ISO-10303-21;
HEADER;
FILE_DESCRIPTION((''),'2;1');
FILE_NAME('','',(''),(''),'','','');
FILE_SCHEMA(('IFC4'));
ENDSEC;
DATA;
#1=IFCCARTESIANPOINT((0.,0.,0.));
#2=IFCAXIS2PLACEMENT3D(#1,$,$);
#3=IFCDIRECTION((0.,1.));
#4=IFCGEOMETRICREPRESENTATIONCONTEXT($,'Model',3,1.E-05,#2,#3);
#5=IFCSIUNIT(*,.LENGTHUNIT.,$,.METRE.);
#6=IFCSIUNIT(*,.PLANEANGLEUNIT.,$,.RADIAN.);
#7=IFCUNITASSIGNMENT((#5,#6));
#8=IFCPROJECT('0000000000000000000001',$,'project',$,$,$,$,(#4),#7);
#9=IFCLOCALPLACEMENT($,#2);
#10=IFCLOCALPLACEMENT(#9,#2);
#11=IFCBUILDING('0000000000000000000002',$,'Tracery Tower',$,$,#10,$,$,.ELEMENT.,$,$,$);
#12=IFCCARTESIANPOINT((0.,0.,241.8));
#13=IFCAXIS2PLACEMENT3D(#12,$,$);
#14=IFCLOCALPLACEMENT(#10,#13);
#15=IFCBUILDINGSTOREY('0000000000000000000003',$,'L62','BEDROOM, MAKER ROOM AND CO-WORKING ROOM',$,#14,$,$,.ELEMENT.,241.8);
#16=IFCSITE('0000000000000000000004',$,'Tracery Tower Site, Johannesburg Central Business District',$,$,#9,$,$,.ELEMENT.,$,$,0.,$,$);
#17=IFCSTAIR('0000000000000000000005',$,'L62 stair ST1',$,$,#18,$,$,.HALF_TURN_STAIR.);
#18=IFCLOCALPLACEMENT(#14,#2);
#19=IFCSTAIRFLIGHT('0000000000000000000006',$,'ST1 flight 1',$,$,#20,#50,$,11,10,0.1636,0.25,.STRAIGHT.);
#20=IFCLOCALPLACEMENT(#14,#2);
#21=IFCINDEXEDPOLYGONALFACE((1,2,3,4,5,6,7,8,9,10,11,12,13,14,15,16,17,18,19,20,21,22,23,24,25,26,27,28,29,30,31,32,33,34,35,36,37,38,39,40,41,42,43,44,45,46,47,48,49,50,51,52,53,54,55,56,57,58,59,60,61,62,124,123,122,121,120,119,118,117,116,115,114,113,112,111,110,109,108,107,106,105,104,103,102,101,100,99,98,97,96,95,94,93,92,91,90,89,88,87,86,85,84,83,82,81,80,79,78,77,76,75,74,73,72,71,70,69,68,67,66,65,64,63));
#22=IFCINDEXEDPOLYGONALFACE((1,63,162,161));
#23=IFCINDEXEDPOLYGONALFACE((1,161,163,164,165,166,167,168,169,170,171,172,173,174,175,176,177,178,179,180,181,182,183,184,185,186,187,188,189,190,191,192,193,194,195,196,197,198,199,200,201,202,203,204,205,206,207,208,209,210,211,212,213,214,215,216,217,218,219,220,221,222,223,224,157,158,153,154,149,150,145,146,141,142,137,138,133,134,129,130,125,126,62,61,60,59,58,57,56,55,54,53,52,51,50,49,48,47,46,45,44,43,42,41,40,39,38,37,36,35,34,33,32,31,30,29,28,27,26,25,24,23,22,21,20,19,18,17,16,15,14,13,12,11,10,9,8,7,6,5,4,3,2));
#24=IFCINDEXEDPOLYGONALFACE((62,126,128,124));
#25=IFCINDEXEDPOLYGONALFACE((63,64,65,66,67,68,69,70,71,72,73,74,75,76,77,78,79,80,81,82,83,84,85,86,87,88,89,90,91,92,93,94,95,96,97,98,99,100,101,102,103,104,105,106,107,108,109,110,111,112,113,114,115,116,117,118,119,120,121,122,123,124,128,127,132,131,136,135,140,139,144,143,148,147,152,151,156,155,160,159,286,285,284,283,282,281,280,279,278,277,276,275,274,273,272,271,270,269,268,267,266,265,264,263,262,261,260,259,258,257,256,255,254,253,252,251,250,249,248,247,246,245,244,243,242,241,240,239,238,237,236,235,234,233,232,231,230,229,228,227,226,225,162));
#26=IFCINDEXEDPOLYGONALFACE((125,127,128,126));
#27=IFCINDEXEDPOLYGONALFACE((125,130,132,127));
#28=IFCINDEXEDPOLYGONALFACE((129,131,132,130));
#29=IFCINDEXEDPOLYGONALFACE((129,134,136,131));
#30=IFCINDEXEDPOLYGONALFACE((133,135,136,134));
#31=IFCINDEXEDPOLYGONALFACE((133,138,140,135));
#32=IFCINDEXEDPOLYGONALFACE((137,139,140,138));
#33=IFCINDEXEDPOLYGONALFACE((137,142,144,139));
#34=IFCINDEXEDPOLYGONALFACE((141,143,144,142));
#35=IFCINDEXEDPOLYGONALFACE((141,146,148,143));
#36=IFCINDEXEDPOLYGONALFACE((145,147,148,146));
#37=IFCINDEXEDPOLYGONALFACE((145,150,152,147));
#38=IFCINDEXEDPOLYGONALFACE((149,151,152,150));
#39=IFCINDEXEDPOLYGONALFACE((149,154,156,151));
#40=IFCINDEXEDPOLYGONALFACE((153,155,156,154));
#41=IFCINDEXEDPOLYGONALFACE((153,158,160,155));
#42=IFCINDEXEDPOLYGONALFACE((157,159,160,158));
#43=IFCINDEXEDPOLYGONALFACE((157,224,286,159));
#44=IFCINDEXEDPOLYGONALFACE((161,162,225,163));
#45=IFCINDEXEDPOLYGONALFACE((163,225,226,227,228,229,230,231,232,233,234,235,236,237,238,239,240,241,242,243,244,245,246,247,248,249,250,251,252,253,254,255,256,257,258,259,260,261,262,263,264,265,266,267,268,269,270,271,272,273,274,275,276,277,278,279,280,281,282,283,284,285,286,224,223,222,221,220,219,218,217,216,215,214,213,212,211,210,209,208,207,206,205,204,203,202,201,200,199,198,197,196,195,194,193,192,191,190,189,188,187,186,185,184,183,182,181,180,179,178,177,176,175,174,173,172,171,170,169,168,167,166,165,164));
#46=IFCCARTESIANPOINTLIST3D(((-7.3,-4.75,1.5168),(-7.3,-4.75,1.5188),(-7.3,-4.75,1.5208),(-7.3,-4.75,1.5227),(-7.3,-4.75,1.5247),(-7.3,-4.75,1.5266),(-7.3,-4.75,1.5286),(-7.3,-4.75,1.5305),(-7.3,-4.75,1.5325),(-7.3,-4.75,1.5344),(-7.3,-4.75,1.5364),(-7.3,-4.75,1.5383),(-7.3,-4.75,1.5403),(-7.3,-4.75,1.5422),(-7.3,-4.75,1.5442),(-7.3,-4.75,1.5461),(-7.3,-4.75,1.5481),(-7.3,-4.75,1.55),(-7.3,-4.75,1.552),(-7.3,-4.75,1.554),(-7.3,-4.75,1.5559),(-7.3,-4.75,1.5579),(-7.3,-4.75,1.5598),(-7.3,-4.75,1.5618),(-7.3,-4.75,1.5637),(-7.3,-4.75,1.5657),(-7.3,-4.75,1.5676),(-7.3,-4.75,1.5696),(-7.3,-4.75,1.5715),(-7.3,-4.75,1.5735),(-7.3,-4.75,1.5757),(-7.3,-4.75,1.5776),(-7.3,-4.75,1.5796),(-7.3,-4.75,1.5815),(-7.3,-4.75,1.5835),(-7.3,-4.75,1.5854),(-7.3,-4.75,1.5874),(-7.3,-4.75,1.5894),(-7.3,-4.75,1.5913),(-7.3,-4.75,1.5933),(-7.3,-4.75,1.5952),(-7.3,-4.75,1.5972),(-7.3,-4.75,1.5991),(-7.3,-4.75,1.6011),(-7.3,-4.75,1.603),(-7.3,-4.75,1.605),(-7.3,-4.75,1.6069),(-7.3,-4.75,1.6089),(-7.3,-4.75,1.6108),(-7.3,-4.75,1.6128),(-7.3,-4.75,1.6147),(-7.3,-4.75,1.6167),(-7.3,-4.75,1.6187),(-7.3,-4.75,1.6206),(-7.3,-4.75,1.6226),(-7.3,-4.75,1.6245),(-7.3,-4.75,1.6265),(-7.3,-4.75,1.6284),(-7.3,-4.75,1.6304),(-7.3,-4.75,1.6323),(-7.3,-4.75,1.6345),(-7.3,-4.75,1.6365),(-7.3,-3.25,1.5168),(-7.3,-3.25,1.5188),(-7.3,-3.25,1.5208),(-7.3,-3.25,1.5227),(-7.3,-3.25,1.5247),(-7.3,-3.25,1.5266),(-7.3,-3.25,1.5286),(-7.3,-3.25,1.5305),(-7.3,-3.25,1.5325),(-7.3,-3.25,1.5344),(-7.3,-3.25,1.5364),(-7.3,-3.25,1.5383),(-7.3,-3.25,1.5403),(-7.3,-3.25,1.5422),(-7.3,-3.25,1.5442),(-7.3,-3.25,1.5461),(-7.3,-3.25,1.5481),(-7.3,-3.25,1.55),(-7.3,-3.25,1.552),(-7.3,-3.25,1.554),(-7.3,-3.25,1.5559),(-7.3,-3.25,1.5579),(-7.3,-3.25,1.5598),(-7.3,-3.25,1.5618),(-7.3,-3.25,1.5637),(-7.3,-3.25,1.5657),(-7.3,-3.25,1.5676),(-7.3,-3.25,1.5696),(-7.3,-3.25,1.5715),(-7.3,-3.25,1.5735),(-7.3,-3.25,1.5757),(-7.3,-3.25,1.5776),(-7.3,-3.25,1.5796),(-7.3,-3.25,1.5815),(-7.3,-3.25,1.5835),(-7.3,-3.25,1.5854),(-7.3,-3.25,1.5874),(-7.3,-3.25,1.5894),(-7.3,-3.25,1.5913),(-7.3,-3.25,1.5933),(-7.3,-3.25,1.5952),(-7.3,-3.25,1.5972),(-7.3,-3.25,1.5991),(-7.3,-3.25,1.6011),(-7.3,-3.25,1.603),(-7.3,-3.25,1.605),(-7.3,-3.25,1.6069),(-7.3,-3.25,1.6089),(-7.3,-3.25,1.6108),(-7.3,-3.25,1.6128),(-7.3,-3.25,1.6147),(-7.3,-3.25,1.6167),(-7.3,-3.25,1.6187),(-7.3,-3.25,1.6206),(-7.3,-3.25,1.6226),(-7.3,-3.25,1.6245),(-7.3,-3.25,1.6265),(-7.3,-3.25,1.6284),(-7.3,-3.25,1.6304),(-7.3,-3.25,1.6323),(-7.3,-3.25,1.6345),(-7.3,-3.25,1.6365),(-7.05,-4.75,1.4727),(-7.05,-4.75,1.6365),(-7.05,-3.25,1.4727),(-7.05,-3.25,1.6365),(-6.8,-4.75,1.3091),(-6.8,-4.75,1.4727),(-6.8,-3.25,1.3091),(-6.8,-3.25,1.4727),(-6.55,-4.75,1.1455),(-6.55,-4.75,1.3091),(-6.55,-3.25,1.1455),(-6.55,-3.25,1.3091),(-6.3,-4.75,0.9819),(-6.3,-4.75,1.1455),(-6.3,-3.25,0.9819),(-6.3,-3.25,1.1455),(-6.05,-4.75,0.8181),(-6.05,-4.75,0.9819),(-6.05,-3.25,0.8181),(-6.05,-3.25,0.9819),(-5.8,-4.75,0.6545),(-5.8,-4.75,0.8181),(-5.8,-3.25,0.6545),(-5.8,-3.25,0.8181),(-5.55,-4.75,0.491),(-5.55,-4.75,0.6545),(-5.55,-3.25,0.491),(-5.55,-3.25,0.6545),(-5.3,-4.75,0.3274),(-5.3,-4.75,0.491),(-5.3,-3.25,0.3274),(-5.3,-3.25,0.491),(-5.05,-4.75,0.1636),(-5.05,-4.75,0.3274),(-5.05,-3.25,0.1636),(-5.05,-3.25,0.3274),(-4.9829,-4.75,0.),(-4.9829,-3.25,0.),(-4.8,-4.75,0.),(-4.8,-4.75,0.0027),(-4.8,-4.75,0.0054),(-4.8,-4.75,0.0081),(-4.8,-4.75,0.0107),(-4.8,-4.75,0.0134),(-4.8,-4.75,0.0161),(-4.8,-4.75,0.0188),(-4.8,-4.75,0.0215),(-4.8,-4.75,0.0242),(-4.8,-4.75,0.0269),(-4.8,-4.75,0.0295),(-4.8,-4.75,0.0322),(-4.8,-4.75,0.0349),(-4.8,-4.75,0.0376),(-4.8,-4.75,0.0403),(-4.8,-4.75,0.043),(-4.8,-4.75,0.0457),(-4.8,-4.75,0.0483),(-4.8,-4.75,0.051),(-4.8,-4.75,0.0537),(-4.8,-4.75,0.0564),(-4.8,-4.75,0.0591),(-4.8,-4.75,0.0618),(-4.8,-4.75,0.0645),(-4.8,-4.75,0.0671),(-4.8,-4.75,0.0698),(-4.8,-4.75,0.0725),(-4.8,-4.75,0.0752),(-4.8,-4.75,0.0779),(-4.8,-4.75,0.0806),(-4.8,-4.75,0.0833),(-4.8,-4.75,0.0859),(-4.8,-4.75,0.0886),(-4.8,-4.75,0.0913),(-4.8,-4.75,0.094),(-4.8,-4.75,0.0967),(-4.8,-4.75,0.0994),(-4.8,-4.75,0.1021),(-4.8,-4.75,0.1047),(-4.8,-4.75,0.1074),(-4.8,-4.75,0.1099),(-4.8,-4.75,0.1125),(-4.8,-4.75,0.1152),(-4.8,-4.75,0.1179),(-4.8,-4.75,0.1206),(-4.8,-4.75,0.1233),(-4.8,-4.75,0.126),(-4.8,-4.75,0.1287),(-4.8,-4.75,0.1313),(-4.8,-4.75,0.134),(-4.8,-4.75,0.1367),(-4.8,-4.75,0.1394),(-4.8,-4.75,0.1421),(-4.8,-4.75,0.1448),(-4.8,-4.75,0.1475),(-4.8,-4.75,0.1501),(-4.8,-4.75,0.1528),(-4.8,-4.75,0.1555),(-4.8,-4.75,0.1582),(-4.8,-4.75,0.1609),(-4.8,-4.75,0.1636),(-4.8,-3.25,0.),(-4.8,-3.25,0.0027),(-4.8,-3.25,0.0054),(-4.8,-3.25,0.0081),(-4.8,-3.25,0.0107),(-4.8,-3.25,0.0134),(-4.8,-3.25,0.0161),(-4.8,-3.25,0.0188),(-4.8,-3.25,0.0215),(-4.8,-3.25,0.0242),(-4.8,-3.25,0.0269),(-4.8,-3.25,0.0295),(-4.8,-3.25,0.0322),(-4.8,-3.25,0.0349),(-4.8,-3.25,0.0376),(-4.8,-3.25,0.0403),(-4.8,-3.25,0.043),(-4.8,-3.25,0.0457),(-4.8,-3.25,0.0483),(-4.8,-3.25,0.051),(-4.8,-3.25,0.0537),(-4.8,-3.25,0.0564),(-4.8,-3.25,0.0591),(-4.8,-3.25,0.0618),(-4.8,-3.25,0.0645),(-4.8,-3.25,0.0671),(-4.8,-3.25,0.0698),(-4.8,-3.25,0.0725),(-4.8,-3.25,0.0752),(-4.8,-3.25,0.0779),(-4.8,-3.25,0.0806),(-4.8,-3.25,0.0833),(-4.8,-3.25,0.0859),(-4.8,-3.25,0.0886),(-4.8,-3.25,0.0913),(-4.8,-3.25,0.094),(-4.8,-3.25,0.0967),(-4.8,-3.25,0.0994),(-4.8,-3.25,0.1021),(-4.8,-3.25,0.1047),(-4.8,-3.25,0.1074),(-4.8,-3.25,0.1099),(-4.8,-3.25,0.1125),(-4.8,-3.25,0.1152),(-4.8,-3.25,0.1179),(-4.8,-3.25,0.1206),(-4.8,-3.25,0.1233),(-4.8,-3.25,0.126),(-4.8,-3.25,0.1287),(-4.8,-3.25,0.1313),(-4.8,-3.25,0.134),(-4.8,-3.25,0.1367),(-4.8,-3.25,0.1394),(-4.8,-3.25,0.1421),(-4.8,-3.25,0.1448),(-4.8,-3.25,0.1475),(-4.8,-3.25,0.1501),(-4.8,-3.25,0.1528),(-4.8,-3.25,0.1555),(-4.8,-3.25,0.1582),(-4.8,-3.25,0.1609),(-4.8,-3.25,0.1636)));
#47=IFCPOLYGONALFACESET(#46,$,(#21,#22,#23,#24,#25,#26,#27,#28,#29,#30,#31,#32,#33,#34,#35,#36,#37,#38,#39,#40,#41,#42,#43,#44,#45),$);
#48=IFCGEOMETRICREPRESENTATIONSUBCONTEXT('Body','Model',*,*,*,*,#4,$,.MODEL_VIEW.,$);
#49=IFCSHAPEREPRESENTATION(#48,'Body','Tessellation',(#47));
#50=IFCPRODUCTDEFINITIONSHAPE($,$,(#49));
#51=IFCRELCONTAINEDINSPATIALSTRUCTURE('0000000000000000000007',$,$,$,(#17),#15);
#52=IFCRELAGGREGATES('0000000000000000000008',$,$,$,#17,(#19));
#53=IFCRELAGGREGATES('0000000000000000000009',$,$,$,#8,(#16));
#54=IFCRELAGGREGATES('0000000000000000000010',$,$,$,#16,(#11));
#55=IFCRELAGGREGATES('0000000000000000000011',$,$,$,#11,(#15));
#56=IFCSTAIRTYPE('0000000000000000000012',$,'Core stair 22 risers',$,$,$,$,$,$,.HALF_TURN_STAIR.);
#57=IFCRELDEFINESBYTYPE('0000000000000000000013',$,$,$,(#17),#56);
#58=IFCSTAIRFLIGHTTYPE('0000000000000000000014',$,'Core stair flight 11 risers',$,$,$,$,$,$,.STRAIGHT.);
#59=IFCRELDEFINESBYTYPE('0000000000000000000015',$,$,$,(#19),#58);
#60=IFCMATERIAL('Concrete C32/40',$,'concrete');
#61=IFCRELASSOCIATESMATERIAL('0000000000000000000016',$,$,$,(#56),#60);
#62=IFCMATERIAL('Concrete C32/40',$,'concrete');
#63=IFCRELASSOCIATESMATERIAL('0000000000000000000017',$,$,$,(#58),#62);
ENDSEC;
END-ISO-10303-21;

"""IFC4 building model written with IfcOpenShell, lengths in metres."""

from ifc_helpers import new_model, si_unit, direction, frame, origin, place, context, subcontext, project, spatial, polyline, outline, extrude, material, type_object, element, aggregate, save


model = new_model("IFC4")

# Units and contexts
model_context = context("Model", 3, precision=1e-05, world=origin(), true_north=direction((0.0, 1.0)))
body_context = subcontext(model_context, "Body", "Model", "MODEL_VIEW")
ifc_project = project(units=[si_unit("LENGTHUNIT", "METRE"), si_unit("PLANEANGLEUNIT", "RADIAN")], contexts=[model_context])

# Site, building, storey
site_placement = place(None, origin())
site = spatial("IfcSite", under=ifc_project, at=site_placement, Name="Tracery Tower Site, Johannesburg Central Business District", CompositionType="ELEMENT", RefElevation=0.0)
building_placement = place(site_placement, origin())
building = spatial("IfcBuilding", under=site, at=building_placement, Name="Tracery Tower", CompositionType="ELEMENT")
storey_placement = place(building_placement, frame((0.0, 0.0, 241.8)))
storey = spatial("IfcBuildingStorey", under=building, at=storey_placement, Name="L62", Description="BEDROOM, MAKER ROOM AND CO-WORKING ROOM", CompositionType="ELEMENT", Elevation=241.8)

# Stair, stair flight
ifc_material_1 = material(Name="Concrete C32/40", Category="concrete")
stair_type = type_object("IfcStairType", Name="Core stair 22 risers", PredefinedType="HALF_TURN_STAIR", material=ifc_material_1)
stair_placement = place(storey_placement, origin())
stair = element("IfcStair", 1, at=stair_placement, inside=storey, type_object=stair_type, Name="L62 stair ST1", PredefinedType="HALF_TURN_STAIR")
ifc_material_2 = material(Name="Concrete C32/40", Category="concrete")
stair_flight_type = type_object("IfcStairFlightType", Name="Core stair flight 11 risers", PredefinedType="STRAIGHT", material=ifc_material_2)
stair_flight_1_placement = place(storey_placement, frame((-4.8, -4.0, 0.0), z_axis=(0.0, 0.0, 1.0), x_axis=(-1.0, 0.0, 0.0)))
stair_flight_1 = element("IfcStairFlight", 2, at=stair_flight_1_placement, type_object=stair_flight_type, Name="ST1 flight 1", NumberOfRisers=11, NumberOfTreads=10, PredefinedType="STRAIGHT", RiserHeight=0.1636, TreadLength=0.25, context=body_context, shape_type="SweptSolid", body=[
    extrude(outline(polyline([(0.0, 0.0), (0.0, 0.0027), (0.0, 0.0054), (0.0, 0.0081), (0.0, 0.0107), (0.0, 0.0134), (0.0, 0.0161), (0.0, 0.0188), (0.0, 0.0215), (0.0, 0.0242), (0.0, 0.0269), (0.0, 0.0295), (0.0, 0.0322), (0.0, 0.0349), (0.0, 0.0376), (0.0, 0.0403), (0.0, 0.043), (0.0, 0.0457), (0.0, 0.0483), (0.0, 0.051), (0.0, 0.0537), (0.0, 0.0564), (0.0, 0.0591), (0.0, 0.0618), (0.0, 0.0645), (0.0, 0.0671), (0.0, 0.0698), (0.0, 0.0725), (0.0, 0.0752), (0.0, 0.0779), (0.0, 0.0806), (0.0, 0.0833), (0.0, 0.0859), (0.0, 0.0886), (0.0, 0.0913), (0.0, 0.094), (0.0, 0.0967), (0.0, 0.0994), (0.0, 0.1021), (0.0, 0.1047), (0.0, 0.1074), (0.0, 0.1099), (0.0, 0.1125), (0.0, 0.1152), (0.0, 0.1179), (0.0, 0.1206), (0.0, 0.1233), (0.0, 0.126), (0.0, 0.1287), (0.0, 0.1313), (0.0, 0.134), (0.0, 0.1367), (0.0, 0.1394), (0.0, 0.1421), (0.0, 0.1448), (0.0, 0.1475), (0.0, 0.1501), (0.0, 0.1528), (0.0, 0.1555), (0.0, 0.1582), (0.0, 0.1609), (0.0, 0.1636), (0.25, 0.1636), (0.25, 0.3274), (0.5, 0.3274), (0.5, 0.491), (0.75, 0.491), (0.75, 0.6545), (1.0, 0.6545), (1.0, 0.8181), (1.25, 0.8181), (1.25, 0.9819), (1.5, 0.9819), (1.5, 1.1455), (1.75, 1.1455), (1.75, 1.3091), (2.0, 1.3091), (2.0, 1.4727), (2.25, 1.4727), (2.25, 1.6365), (2.5, 1.6365), (2.5, 1.6345), (2.5, 1.6323), (2.5, 1.6304), (2.5, 1.6284), (2.5, 1.6265), (2.5, 1.6245), (2.5, 1.6226), (2.5, 1.6206), (2.5, 1.6187), (2.5, 1.6167), (2.5, 1.6147), (2.5, 1.6128), (2.5, 1.6108), (2.5, 1.6089), (2.5, 1.6069), (2.5, 1.605), (2.5, 1.603), (2.5, 1.6011), (2.5, 1.5991), (2.5, 1.5972), (2.5, 1.5952), (2.5, 1.5933), (2.5, 1.5913), (2.5, 1.5894), (2.5, 1.5874), (2.5, 1.5854), (2.5, 1.5835), (2.5, 1.5815), (2.5, 1.5796), (2.5, 1.5776), (2.5, 1.5757), (2.5, 1.5735), (2.5, 1.5715), (2.5, 1.5696), (2.5, 1.5676), (2.5, 1.5657), (2.5, 1.5637), (2.5, 1.5618), (2.5, 1.5598), (2.5, 1.5579), (2.5, 1.5559), (2.5, 1.554), (2.5, 1.552), (2.5, 1.55), (2.5, 1.5481), (2.5, 1.5461), (2.5, 1.5442), (2.5, 1.5422), (2.5, 1.5403), (2.5, 1.5383), (2.5, 1.5364), (2.5, 1.5344), (2.5, 1.5325), (2.5, 1.5305), (2.5, 1.5286), (2.5, 1.5266), (2.5, 1.5247), (2.5, 1.5227), (2.5, 1.5208), (2.5, 1.5188), (2.5, 1.5168), (0.1829, 0.0), (0.0, 0.0)])), frame((0.0, 0.75, 0.0), z_axis=(0.0, -1.0, 0.0), x_axis=(1.0, 0.0, 0.0)), (0.0, 0.0, 1.0), 1.5),
])
aggregate(stair, [stair_flight_1])

save(model, "model.ifc")
